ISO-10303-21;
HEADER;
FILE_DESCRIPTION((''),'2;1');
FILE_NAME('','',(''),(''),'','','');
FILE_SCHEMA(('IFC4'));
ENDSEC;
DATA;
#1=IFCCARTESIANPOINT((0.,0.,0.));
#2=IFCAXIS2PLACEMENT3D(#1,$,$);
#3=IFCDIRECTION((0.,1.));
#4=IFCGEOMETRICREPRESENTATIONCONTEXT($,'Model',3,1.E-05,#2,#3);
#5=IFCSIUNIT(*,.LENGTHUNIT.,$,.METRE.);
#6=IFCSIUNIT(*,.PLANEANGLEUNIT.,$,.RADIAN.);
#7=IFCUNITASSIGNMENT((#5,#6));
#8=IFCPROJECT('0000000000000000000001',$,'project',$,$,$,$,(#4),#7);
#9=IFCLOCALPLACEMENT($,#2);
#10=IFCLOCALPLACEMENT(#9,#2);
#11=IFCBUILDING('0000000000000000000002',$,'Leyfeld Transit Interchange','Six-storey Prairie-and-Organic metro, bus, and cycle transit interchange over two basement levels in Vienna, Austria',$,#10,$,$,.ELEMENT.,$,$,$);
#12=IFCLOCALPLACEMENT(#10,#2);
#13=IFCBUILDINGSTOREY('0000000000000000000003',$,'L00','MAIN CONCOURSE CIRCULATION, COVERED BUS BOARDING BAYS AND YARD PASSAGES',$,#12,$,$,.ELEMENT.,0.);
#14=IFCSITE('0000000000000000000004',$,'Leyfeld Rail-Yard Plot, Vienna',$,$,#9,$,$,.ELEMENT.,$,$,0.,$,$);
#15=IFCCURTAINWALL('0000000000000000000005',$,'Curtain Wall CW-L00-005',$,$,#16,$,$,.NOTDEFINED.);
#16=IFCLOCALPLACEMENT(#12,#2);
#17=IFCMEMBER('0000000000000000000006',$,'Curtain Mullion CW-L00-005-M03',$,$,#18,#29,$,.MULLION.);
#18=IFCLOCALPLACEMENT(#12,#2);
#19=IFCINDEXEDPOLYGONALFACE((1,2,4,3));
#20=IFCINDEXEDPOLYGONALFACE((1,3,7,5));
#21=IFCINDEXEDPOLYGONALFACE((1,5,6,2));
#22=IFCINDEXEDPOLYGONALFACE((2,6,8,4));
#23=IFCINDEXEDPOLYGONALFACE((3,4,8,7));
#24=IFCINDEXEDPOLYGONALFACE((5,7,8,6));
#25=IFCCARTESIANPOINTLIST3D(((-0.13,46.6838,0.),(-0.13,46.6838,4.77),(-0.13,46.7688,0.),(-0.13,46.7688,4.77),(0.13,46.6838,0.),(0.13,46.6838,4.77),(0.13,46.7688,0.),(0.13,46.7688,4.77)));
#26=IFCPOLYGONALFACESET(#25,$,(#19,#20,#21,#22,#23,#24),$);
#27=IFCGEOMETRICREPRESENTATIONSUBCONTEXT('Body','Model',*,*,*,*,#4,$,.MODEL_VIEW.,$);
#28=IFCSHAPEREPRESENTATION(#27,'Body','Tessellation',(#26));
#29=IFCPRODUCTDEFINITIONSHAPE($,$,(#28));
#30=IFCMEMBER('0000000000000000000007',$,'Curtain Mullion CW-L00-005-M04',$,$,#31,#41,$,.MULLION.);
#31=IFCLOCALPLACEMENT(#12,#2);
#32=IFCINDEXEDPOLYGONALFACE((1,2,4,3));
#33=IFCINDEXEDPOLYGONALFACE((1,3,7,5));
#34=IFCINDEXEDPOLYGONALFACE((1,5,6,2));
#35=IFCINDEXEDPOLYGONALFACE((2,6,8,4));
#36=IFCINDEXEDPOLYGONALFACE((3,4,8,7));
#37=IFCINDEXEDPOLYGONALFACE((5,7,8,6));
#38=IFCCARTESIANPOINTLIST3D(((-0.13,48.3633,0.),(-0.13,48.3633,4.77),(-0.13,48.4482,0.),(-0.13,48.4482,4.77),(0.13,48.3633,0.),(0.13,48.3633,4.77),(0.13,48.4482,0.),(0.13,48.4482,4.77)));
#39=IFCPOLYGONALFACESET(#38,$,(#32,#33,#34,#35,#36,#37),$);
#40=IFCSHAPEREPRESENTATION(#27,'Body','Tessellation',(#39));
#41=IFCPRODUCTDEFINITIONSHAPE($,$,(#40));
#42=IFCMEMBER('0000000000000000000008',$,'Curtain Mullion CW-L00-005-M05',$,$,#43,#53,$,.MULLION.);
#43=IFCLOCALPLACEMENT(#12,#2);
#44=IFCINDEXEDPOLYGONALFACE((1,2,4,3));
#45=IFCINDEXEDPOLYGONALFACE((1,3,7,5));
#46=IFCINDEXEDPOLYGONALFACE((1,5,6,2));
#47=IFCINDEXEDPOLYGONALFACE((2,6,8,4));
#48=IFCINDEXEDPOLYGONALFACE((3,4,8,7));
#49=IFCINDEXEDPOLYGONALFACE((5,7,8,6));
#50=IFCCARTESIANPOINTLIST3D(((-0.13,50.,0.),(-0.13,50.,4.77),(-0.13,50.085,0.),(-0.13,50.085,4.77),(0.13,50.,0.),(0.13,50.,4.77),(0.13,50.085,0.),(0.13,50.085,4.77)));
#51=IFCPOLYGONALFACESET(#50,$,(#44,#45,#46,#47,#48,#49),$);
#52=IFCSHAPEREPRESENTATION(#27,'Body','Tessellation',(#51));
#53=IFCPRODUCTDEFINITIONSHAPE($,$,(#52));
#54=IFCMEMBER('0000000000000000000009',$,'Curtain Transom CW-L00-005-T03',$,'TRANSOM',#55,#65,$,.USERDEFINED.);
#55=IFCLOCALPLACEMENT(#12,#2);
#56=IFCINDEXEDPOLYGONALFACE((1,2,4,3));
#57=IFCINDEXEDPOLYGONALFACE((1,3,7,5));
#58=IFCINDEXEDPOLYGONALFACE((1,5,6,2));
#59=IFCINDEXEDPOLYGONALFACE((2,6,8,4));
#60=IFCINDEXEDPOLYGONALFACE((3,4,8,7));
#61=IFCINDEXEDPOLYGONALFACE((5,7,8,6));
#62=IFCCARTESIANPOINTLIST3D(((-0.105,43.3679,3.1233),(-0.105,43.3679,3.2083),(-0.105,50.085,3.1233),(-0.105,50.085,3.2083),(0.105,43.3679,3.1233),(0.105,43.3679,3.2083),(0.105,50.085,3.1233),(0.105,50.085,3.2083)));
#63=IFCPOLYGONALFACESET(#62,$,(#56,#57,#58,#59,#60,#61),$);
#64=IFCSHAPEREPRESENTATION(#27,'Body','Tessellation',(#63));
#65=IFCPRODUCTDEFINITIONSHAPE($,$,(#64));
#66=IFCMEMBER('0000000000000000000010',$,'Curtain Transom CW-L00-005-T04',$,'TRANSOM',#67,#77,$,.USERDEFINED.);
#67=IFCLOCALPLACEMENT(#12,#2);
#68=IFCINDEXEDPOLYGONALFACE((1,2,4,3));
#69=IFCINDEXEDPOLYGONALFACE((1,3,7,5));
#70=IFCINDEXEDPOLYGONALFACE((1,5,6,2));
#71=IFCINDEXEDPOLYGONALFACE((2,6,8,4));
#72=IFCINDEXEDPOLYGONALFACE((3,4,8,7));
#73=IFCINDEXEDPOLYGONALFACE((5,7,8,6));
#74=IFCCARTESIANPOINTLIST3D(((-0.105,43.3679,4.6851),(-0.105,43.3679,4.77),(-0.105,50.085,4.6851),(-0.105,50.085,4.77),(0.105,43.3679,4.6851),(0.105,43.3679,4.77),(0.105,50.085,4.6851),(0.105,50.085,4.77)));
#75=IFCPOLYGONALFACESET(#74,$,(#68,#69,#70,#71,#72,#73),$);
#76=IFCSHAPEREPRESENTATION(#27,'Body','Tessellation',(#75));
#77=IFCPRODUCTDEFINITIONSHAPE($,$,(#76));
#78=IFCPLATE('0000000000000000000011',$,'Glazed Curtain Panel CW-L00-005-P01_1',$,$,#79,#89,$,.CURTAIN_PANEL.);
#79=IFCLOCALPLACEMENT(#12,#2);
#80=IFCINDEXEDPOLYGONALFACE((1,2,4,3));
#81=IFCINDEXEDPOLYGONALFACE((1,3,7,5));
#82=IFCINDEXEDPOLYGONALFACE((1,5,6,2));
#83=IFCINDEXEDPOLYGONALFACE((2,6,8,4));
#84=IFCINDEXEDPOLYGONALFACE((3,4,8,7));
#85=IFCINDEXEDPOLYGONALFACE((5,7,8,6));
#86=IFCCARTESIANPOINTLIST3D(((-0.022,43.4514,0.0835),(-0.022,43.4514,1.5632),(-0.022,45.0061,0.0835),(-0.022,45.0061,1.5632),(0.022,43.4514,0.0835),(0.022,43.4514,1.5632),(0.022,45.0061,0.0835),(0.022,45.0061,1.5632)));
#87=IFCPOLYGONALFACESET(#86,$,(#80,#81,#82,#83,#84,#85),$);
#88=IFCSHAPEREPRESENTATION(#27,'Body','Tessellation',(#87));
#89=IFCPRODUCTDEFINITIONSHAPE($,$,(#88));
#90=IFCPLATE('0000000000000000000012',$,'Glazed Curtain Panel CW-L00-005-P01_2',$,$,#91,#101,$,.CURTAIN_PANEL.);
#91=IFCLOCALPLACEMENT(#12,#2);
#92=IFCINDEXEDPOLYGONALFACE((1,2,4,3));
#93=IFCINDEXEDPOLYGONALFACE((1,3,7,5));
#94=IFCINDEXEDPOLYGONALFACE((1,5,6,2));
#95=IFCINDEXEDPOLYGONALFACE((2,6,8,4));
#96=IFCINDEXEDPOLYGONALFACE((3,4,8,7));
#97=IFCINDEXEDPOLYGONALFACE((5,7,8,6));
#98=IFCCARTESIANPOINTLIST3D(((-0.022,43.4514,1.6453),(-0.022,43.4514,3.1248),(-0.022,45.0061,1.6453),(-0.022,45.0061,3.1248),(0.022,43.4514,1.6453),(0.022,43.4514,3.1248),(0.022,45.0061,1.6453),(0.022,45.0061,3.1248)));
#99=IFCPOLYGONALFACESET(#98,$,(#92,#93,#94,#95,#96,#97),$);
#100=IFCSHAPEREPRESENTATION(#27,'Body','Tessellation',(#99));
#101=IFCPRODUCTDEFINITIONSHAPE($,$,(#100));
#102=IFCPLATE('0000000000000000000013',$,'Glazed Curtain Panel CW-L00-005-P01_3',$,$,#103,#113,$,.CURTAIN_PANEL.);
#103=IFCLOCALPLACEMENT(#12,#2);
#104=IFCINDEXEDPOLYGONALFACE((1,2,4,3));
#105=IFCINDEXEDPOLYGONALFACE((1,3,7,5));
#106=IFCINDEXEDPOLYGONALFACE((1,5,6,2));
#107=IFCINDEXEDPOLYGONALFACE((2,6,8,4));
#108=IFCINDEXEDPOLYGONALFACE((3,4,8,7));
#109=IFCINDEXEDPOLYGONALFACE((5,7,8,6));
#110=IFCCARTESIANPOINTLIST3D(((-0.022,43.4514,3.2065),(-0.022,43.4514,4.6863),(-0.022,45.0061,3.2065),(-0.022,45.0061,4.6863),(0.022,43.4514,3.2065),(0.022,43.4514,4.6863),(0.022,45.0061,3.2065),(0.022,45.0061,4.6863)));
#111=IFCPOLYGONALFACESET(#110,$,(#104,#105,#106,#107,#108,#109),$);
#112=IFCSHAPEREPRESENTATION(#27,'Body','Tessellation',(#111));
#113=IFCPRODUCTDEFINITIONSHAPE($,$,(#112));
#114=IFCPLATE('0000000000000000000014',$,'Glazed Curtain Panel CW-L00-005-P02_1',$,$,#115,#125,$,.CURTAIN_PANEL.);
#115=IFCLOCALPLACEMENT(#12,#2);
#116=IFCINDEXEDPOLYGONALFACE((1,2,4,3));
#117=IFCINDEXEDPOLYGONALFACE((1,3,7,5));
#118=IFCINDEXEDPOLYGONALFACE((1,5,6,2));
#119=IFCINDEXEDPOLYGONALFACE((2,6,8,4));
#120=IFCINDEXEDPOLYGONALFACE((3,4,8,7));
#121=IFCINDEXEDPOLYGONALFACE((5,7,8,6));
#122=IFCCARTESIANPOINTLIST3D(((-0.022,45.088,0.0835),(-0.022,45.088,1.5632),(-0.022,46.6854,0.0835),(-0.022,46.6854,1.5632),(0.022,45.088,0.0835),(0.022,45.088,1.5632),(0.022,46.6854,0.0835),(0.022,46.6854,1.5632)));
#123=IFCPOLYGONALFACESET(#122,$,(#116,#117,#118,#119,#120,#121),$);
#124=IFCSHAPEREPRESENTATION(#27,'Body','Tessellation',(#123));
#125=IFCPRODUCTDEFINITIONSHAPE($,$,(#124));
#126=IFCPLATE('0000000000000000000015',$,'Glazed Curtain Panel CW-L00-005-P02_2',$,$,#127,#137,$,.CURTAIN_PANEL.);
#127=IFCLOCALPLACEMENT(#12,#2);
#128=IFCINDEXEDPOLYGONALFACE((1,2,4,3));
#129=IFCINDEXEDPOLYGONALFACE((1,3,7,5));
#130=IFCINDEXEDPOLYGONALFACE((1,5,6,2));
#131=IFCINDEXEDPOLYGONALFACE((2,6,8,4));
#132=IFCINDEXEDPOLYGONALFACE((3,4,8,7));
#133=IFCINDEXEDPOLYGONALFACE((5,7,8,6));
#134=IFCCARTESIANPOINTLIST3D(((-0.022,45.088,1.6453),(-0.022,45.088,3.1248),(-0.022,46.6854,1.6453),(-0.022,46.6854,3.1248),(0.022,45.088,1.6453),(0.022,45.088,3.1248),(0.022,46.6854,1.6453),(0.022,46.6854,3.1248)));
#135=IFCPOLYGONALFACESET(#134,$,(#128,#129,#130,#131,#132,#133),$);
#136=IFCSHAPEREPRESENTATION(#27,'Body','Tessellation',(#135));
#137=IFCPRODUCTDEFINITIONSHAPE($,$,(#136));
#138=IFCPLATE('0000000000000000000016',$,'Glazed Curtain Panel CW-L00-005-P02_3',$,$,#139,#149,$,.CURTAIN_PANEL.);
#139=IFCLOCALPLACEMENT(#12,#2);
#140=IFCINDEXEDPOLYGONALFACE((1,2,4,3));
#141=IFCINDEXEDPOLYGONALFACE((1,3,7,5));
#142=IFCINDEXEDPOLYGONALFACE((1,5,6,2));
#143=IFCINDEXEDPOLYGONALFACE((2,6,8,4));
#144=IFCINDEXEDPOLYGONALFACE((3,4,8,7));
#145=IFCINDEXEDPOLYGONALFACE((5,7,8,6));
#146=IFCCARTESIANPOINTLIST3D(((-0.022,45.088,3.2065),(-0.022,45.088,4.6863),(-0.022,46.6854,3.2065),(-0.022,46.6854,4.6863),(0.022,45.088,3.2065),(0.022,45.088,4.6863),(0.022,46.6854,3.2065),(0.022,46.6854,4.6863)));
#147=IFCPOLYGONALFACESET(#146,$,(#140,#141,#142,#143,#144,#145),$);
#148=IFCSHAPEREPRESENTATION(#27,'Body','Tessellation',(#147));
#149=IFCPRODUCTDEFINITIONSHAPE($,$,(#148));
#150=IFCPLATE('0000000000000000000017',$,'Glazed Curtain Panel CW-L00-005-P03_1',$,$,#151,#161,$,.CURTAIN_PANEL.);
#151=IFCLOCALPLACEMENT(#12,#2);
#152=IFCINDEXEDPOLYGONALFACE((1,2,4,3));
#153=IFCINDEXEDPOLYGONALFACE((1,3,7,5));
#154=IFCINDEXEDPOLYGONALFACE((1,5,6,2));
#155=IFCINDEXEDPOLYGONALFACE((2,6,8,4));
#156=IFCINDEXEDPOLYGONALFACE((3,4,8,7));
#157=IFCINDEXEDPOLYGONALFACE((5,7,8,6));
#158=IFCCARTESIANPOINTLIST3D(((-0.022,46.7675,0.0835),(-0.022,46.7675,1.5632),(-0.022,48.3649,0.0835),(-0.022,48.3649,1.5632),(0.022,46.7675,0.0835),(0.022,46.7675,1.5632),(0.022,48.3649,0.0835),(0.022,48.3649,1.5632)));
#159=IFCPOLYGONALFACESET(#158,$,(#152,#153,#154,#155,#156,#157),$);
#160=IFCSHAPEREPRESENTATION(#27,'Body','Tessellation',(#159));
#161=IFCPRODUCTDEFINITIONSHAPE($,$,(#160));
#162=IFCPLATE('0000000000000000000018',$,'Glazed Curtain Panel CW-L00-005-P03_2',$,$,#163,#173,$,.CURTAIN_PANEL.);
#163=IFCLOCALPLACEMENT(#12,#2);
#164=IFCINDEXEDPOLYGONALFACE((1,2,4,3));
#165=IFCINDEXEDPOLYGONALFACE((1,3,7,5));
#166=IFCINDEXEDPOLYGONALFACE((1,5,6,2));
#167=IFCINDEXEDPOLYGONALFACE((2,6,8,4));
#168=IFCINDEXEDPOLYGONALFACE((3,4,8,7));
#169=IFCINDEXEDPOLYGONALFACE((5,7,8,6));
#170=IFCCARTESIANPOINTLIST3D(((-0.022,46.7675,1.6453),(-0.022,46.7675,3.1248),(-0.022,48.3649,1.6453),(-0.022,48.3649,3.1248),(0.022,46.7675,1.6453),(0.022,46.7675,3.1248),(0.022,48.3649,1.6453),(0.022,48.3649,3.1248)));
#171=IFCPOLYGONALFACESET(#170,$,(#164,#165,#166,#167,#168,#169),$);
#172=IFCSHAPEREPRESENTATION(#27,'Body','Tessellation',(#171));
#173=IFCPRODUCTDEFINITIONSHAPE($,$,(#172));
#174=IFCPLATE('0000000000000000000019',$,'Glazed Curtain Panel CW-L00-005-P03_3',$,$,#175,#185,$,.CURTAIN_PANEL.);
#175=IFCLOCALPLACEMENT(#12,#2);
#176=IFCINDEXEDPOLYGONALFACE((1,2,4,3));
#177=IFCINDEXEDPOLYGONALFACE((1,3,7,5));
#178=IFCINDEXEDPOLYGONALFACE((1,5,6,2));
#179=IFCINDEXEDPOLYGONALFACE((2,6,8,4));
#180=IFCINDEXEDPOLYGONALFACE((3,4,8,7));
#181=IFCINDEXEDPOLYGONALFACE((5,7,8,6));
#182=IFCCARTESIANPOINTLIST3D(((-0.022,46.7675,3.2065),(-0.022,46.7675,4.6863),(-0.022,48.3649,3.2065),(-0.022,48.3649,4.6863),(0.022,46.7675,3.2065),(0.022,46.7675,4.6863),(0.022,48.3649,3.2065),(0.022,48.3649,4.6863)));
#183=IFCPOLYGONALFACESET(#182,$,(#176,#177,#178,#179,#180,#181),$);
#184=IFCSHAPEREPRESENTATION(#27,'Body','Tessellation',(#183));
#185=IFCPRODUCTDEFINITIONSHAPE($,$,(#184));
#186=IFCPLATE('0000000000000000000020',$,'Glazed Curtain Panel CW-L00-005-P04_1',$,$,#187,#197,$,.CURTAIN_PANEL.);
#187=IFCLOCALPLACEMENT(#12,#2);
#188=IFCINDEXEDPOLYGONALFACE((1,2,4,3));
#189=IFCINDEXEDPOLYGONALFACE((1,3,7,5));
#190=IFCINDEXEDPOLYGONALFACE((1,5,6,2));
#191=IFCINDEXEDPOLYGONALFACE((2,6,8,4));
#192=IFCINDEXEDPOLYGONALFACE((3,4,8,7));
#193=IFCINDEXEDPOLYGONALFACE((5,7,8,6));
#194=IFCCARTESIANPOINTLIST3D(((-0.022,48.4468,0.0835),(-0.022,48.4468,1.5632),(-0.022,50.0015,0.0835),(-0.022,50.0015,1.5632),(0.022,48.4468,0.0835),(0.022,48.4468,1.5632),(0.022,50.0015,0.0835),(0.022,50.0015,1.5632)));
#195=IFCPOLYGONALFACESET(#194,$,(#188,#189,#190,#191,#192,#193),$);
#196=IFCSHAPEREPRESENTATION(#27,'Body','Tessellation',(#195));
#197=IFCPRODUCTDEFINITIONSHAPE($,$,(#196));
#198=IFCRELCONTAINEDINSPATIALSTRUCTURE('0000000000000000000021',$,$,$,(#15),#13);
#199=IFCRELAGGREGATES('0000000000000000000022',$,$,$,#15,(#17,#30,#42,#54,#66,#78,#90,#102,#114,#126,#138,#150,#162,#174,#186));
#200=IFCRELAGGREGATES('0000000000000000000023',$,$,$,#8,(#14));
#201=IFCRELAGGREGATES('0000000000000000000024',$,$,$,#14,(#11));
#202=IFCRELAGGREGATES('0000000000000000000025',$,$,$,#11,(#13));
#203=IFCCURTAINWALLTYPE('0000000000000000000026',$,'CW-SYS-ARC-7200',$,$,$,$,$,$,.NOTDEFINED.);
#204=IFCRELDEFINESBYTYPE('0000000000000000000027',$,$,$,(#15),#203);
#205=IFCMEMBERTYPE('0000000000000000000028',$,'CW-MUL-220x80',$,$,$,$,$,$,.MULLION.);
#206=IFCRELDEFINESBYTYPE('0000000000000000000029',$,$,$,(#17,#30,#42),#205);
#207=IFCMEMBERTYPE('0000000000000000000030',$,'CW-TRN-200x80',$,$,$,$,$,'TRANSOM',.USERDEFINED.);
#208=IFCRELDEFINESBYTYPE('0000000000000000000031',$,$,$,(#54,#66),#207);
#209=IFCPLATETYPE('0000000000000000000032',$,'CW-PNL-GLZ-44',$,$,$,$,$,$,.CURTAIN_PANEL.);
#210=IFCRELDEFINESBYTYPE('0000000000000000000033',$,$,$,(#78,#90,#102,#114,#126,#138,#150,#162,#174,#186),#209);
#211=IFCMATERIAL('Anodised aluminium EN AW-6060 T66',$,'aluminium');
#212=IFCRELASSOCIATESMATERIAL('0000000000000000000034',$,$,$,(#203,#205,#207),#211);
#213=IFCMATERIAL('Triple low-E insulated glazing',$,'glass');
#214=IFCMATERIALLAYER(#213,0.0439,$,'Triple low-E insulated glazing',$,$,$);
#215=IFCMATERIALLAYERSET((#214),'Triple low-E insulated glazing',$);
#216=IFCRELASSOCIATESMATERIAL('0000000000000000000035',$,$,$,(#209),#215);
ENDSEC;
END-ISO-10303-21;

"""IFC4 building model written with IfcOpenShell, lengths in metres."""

from ifc_helpers import new_model, si_unit, direction, frame, origin, origin_2d, place, context, subcontext, project, spatial, rectangle, extrude, material, layer, layer_set, material_profile, profile_set, type_object, element, aggregate, save


model = new_model("IFC4")

# Units and contexts
model_context = context("Model", 3, precision=1e-05, world=origin(), true_north=direction((0.0, 1.0)))
body_context = subcontext(model_context, "Body", "Model", "MODEL_VIEW")
ifc_project = project(units=[si_unit("LENGTHUNIT", "METRE"), si_unit("PLANEANGLEUNIT", "RADIAN")], contexts=[model_context])

# Site, building, storey
site_placement = place(None, origin())
site = spatial("IfcSite", under=ifc_project, at=site_placement, Name="Leyfeld Rail-Yard Plot, Vienna", CompositionType="ELEMENT", RefElevation=0.0)
building_placement = place(site_placement, origin())
building = spatial("IfcBuilding", under=site, at=building_placement, Name="Leyfeld Transit Interchange", Description="Six-storey Prairie-and-Organic metro, bus, and cycle transit interchange over two basement levels in Vienna, Austria", CompositionType="ELEMENT")
storey_placement = place(building_placement, origin())
storey = spatial("IfcBuildingStorey", under=building, at=storey_placement, Name="L00", Description="MAIN CONCOURSE CIRCULATION, COVERED BUS BOARDING BAYS AND YARD PASSAGES", CompositionType="ELEMENT", Elevation=0.0)

# Curtain wall, members, plates
ifc_material_1 = material(Name="Anodised aluminium EN AW-6060 T66", Category="aluminium")
curtain_wall_type = type_object("IfcCurtainWallType", Name="CW-SYS-ARC-7200", PredefinedType="NOTDEFINED", material=ifc_material_1)
curtain_wall_placement = place(storey_placement, origin())
curtain_wall = element("IfcCurtainWall", 1, at=curtain_wall_placement, inside=storey, type_object=curtain_wall_type, Name="Curtain Wall CW-L00-005", PredefinedType="NOTDEFINED")
ifc_material_profile_1 = material_profile(ifc_material_1, rectangle(XDim=0.085, YDim=0.26, at=origin_2d()), Name="CW-M 85x260")
ifc_profile_set_1 = profile_set([ifc_material_profile_1], Name="Anodised aluminium EN AW-6060 T66")
member_type_1 = type_object("IfcMemberType", Name="CW-MUL-220x80", PredefinedType="MULLION", material=ifc_profile_set_1)
member_1_placement = place(storey_placement, frame((0.0, 46.7263, 0.0), z_axis=(0.0, 0.0, 1.0), x_axis=(0.0, 1.0, 0.0)))
member_1 = element("IfcMember", 2, at=member_1_placement, type_object=member_type_1, Name="Curtain Mullion CW-L00-005-M03", PredefinedType="MULLION", context=body_context, shape_type="SweptSolid", body=[
    extrude(rectangle(XDim=0.085, YDim=0.26, at=origin_2d()), origin(), (0.0, 0.0, 1.0), 4.77),
])
member_2_placement = place(storey_placement, frame((0.0, 48.4058, 0.0), z_axis=(0.0, 0.0, 1.0), x_axis=(0.0, 1.0, 0.0)))
member_2 = element("IfcMember", 3, at=member_2_placement, type_object=member_type_1, Name="Curtain Mullion CW-L00-005-M04", PredefinedType="MULLION", context=body_context, shape_type="SweptSolid", body=[
    extrude(rectangle(XDim=0.085, YDim=0.26, at=origin_2d()), origin(), (0.0, 0.0, 1.0), 4.77),
])
member_3_placement = place(storey_placement, frame((0.0, 50.0425, 0.0), z_axis=(0.0, 0.0, 1.0), x_axis=(0.0, 1.0, 0.0)))
member_3 = element("IfcMember", 4, at=member_3_placement, type_object=member_type_1, Name="Curtain Mullion CW-L00-005-M05", PredefinedType="MULLION", context=body_context, shape_type="SweptSolid", body=[
    extrude(rectangle(XDim=0.085, YDim=0.26, at=origin_2d()), origin(), (0.0, 0.0, 1.0), 4.77),
])
ifc_material_profile_2 = material_profile(ifc_material_1, rectangle(XDim=0.21, YDim=0.085, at=origin_2d()), Name="CW-TRN-200x80")
ifc_profile_set_2 = profile_set([ifc_material_profile_2], Name="Anodised aluminium EN AW-6060 T66")
member_type_2 = type_object("IfcMemberType", Name="CW-TRN-200x80", ElementType="TRANSOM", PredefinedType="USERDEFINED", material=ifc_profile_set_2)
member_4_placement = place(storey_placement, frame((0.0, 43.3679, 3.1658), z_axis=(0.0, 1.0, 0.0), x_axis=(-1.0, 0.0, 0.0)))
member_4 = element("IfcMember", 5, at=member_4_placement, type_object=member_type_2, Name="Curtain Transom CW-L00-005-T03", ObjectType="TRANSOM", PredefinedType="USERDEFINED", context=body_context, shape_type="SweptSolid", body=[
    extrude(rectangle(XDim=0.21, YDim=0.085, at=origin_2d()), origin(), (0.0, 0.0, 1.0), 6.717),
])
member_5_placement = place(storey_placement, frame((0.0, 43.3679, 4.7275), z_axis=(0.0, 1.0, 0.0), x_axis=(-1.0, 0.0, 0.0)))
member_5 = element("IfcMember", 6, at=member_5_placement, type_object=member_type_2, Name="Curtain Transom CW-L00-005-T04", ObjectType="TRANSOM", PredefinedType="USERDEFINED", context=body_context, shape_type="SweptSolid", body=[
    extrude(rectangle(XDim=0.21, YDim=0.085, at=origin_2d()), origin(), (0.0, 0.0, 1.0), 6.717),
])
ifc_material_2 = material(Name="Triple low-E insulated glazing", Category="glass")
ifc_layer = layer(ifc_material_2, 0.0439, Name="Triple low-E insulated glazing")
ifc_layer_set = layer_set([ifc_layer], Name="Triple low-E insulated glazing")
plate_type = type_object("IfcPlateType", Name="CW-PNL-GLZ-44", PredefinedType="CURTAIN_PANEL", material=ifc_layer_set)
plate_1_placement = place(storey_placement, frame((0.0, 44.2288, 0.0835), z_axis=(0.0, 0.0, 1.0), x_axis=(0.0, 1.0, 0.0)))
plate_1 = element("IfcPlate", 7, at=plate_1_placement, type_object=plate_type, Name="Glazed Curtain Panel CW-L00-005-P01_1", PredefinedType="CURTAIN_PANEL", context=body_context, shape_type="SweptSolid", body=[
    extrude(rectangle(XDim=1.5547, YDim=0.0439, at=origin_2d()), origin(), (0.0, 0.0, 1.0), 1.4797),
])
plate_2_placement = place(storey_placement, frame((0.0, 44.2288, 1.6453), z_axis=(0.0, 0.0, 1.0), x_axis=(0.0, 1.0, 0.0)))
plate_2 = element("IfcPlate", 8, at=plate_2_placement, type_object=plate_type, Name="Glazed Curtain Panel CW-L00-005-P01_2", PredefinedType="CURTAIN_PANEL", context=body_context, shape_type="SweptSolid", body=[
    extrude(rectangle(XDim=1.5547, YDim=0.0439, at=origin_2d()), origin(), (0.0, 0.0, 1.0), 1.4795),
])
plate_3_placement = place(storey_placement, frame((0.0, 44.2288, 3.2065), z_axis=(0.0, 0.0, 1.0), x_axis=(0.0, 1.0, 0.0)))
plate_3 = element("IfcPlate", 9, at=plate_3_placement, type_object=plate_type, Name="Glazed Curtain Panel CW-L00-005-P01_3", PredefinedType="CURTAIN_PANEL", context=body_context, shape_type="SweptSolid", body=[
    extrude(rectangle(XDim=1.5547, YDim=0.0439, at=origin_2d()), origin(), (0.0, 0.0, 1.0), 1.4797),
])
plate_4_placement = place(storey_placement, frame((0.0, 45.8867, 0.0835), z_axis=(0.0, 0.0, 1.0), x_axis=(0.0, 1.0, 0.0)))
plate_4 = element("IfcPlate", 10, at=plate_4_placement, type_object=plate_type, Name="Glazed Curtain Panel CW-L00-005-P02_1", PredefinedType="CURTAIN_PANEL", context=body_context, shape_type="SweptSolid", body=[
    extrude(rectangle(XDim=1.5974, YDim=0.0439, at=origin_2d()), origin(), (0.0, 0.0, 1.0), 1.4797),
])
plate_5_placement = place(storey_placement, frame((0.0, 45.8867, 1.6453), z_axis=(0.0, 0.0, 1.0), x_axis=(0.0, 1.0, 0.0)))
plate_5 = element("IfcPlate", 11, at=plate_5_placement, type_object=plate_type, Name="Glazed Curtain Panel CW-L00-005-P02_2", PredefinedType="CURTAIN_PANEL", context=body_context, shape_type="SweptSolid", body=[
    extrude(rectangle(XDim=1.5974, YDim=0.0439, at=origin_2d()), origin(), (0.0, 0.0, 1.0), 1.4795),
])
plate_6_placement = place(storey_placement, frame((0.0, 45.8867, 3.2065), z_axis=(0.0, 0.0, 1.0), x_axis=(0.0, 1.0, 0.0)))
plate_6 = element("IfcPlate", 12, at=plate_6_placement, type_object=plate_type, Name="Glazed Curtain Panel CW-L00-005-P02_3", PredefinedType="CURTAIN_PANEL", context=body_context, shape_type="SweptSolid", body=[
    extrude(rectangle(XDim=1.5974, YDim=0.0439, at=origin_2d()), origin(), (0.0, 0.0, 1.0), 1.4797),
])
plate_7_placement = place(storey_placement, frame((0.0, 47.5662, 0.0835), z_axis=(0.0, 0.0, 1.0), x_axis=(0.0, 1.0, 0.0)))
plate_7 = element("IfcPlate", 13, at=plate_7_placement, type_object=plate_type, Name="Glazed Curtain Panel CW-L00-005-P03_1", PredefinedType="CURTAIN_PANEL", context=body_context, shape_type="SweptSolid", body=[
    extrude(rectangle(XDim=1.5974, YDim=0.0439, at=origin_2d()), origin(), (0.0, 0.0, 1.0), 1.4797),
])
plate_8_placement = place(storey_placement, frame((0.0, 47.5662, 1.6453), z_axis=(0.0, 0.0, 1.0), x_axis=(0.0, 1.0, 0.0)))
plate_8 = element("IfcPlate", 14, at=plate_8_placement, type_object=plate_type, Name="Glazed Curtain Panel CW-L00-005-P03_2", PredefinedType="CURTAIN_PANEL", context=body_context, shape_type="SweptSolid", body=[
    extrude(rectangle(XDim=1.5974, YDim=0.0439, at=origin_2d()), origin(), (0.0, 0.0, 1.0), 1.4795),
])
plate_9_placement = place(storey_placement, frame((0.0, 47.5662, 3.2065), z_axis=(0.0, 0.0, 1.0), x_axis=(0.0, 1.0, 0.0)))
plate_9 = element("IfcPlate", 15, at=plate_9_placement, type_object=plate_type, Name="Glazed Curtain Panel CW-L00-005-P03_3", PredefinedType="CURTAIN_PANEL", context=body_context, shape_type="SweptSolid", body=[
    extrude(rectangle(XDim=1.5974, YDim=0.0439, at=origin_2d()), origin(), (0.0, 0.0, 1.0), 1.4797),
])
plate_10_placement = place(storey_placement, frame((0.0, 49.2241, 0.0835), z_axis=(0.0, 0.0, 1.0), x_axis=(0.0, 1.0, 0.0)))
plate_10 = element("IfcPlate", 16, at=plate_10_placement, type_object=plate_type, Name="Glazed Curtain Panel CW-L00-005-P04_1", PredefinedType="CURTAIN_PANEL", context=body_context, shape_type="SweptSolid", body=[
    extrude(rectangle(XDim=1.5547, YDim=0.0439, at=origin_2d()), origin(), (0.0, 0.0, 1.0), 1.4797),
])
aggregate(curtain_wall, [member_1, member_2, member_3, member_4, member_5, plate_1, plate_2, plate_3, plate_4, plate_5, plate_6, plate_7, plate_8, plate_9, plate_10])

save(model, "model.ifc")
